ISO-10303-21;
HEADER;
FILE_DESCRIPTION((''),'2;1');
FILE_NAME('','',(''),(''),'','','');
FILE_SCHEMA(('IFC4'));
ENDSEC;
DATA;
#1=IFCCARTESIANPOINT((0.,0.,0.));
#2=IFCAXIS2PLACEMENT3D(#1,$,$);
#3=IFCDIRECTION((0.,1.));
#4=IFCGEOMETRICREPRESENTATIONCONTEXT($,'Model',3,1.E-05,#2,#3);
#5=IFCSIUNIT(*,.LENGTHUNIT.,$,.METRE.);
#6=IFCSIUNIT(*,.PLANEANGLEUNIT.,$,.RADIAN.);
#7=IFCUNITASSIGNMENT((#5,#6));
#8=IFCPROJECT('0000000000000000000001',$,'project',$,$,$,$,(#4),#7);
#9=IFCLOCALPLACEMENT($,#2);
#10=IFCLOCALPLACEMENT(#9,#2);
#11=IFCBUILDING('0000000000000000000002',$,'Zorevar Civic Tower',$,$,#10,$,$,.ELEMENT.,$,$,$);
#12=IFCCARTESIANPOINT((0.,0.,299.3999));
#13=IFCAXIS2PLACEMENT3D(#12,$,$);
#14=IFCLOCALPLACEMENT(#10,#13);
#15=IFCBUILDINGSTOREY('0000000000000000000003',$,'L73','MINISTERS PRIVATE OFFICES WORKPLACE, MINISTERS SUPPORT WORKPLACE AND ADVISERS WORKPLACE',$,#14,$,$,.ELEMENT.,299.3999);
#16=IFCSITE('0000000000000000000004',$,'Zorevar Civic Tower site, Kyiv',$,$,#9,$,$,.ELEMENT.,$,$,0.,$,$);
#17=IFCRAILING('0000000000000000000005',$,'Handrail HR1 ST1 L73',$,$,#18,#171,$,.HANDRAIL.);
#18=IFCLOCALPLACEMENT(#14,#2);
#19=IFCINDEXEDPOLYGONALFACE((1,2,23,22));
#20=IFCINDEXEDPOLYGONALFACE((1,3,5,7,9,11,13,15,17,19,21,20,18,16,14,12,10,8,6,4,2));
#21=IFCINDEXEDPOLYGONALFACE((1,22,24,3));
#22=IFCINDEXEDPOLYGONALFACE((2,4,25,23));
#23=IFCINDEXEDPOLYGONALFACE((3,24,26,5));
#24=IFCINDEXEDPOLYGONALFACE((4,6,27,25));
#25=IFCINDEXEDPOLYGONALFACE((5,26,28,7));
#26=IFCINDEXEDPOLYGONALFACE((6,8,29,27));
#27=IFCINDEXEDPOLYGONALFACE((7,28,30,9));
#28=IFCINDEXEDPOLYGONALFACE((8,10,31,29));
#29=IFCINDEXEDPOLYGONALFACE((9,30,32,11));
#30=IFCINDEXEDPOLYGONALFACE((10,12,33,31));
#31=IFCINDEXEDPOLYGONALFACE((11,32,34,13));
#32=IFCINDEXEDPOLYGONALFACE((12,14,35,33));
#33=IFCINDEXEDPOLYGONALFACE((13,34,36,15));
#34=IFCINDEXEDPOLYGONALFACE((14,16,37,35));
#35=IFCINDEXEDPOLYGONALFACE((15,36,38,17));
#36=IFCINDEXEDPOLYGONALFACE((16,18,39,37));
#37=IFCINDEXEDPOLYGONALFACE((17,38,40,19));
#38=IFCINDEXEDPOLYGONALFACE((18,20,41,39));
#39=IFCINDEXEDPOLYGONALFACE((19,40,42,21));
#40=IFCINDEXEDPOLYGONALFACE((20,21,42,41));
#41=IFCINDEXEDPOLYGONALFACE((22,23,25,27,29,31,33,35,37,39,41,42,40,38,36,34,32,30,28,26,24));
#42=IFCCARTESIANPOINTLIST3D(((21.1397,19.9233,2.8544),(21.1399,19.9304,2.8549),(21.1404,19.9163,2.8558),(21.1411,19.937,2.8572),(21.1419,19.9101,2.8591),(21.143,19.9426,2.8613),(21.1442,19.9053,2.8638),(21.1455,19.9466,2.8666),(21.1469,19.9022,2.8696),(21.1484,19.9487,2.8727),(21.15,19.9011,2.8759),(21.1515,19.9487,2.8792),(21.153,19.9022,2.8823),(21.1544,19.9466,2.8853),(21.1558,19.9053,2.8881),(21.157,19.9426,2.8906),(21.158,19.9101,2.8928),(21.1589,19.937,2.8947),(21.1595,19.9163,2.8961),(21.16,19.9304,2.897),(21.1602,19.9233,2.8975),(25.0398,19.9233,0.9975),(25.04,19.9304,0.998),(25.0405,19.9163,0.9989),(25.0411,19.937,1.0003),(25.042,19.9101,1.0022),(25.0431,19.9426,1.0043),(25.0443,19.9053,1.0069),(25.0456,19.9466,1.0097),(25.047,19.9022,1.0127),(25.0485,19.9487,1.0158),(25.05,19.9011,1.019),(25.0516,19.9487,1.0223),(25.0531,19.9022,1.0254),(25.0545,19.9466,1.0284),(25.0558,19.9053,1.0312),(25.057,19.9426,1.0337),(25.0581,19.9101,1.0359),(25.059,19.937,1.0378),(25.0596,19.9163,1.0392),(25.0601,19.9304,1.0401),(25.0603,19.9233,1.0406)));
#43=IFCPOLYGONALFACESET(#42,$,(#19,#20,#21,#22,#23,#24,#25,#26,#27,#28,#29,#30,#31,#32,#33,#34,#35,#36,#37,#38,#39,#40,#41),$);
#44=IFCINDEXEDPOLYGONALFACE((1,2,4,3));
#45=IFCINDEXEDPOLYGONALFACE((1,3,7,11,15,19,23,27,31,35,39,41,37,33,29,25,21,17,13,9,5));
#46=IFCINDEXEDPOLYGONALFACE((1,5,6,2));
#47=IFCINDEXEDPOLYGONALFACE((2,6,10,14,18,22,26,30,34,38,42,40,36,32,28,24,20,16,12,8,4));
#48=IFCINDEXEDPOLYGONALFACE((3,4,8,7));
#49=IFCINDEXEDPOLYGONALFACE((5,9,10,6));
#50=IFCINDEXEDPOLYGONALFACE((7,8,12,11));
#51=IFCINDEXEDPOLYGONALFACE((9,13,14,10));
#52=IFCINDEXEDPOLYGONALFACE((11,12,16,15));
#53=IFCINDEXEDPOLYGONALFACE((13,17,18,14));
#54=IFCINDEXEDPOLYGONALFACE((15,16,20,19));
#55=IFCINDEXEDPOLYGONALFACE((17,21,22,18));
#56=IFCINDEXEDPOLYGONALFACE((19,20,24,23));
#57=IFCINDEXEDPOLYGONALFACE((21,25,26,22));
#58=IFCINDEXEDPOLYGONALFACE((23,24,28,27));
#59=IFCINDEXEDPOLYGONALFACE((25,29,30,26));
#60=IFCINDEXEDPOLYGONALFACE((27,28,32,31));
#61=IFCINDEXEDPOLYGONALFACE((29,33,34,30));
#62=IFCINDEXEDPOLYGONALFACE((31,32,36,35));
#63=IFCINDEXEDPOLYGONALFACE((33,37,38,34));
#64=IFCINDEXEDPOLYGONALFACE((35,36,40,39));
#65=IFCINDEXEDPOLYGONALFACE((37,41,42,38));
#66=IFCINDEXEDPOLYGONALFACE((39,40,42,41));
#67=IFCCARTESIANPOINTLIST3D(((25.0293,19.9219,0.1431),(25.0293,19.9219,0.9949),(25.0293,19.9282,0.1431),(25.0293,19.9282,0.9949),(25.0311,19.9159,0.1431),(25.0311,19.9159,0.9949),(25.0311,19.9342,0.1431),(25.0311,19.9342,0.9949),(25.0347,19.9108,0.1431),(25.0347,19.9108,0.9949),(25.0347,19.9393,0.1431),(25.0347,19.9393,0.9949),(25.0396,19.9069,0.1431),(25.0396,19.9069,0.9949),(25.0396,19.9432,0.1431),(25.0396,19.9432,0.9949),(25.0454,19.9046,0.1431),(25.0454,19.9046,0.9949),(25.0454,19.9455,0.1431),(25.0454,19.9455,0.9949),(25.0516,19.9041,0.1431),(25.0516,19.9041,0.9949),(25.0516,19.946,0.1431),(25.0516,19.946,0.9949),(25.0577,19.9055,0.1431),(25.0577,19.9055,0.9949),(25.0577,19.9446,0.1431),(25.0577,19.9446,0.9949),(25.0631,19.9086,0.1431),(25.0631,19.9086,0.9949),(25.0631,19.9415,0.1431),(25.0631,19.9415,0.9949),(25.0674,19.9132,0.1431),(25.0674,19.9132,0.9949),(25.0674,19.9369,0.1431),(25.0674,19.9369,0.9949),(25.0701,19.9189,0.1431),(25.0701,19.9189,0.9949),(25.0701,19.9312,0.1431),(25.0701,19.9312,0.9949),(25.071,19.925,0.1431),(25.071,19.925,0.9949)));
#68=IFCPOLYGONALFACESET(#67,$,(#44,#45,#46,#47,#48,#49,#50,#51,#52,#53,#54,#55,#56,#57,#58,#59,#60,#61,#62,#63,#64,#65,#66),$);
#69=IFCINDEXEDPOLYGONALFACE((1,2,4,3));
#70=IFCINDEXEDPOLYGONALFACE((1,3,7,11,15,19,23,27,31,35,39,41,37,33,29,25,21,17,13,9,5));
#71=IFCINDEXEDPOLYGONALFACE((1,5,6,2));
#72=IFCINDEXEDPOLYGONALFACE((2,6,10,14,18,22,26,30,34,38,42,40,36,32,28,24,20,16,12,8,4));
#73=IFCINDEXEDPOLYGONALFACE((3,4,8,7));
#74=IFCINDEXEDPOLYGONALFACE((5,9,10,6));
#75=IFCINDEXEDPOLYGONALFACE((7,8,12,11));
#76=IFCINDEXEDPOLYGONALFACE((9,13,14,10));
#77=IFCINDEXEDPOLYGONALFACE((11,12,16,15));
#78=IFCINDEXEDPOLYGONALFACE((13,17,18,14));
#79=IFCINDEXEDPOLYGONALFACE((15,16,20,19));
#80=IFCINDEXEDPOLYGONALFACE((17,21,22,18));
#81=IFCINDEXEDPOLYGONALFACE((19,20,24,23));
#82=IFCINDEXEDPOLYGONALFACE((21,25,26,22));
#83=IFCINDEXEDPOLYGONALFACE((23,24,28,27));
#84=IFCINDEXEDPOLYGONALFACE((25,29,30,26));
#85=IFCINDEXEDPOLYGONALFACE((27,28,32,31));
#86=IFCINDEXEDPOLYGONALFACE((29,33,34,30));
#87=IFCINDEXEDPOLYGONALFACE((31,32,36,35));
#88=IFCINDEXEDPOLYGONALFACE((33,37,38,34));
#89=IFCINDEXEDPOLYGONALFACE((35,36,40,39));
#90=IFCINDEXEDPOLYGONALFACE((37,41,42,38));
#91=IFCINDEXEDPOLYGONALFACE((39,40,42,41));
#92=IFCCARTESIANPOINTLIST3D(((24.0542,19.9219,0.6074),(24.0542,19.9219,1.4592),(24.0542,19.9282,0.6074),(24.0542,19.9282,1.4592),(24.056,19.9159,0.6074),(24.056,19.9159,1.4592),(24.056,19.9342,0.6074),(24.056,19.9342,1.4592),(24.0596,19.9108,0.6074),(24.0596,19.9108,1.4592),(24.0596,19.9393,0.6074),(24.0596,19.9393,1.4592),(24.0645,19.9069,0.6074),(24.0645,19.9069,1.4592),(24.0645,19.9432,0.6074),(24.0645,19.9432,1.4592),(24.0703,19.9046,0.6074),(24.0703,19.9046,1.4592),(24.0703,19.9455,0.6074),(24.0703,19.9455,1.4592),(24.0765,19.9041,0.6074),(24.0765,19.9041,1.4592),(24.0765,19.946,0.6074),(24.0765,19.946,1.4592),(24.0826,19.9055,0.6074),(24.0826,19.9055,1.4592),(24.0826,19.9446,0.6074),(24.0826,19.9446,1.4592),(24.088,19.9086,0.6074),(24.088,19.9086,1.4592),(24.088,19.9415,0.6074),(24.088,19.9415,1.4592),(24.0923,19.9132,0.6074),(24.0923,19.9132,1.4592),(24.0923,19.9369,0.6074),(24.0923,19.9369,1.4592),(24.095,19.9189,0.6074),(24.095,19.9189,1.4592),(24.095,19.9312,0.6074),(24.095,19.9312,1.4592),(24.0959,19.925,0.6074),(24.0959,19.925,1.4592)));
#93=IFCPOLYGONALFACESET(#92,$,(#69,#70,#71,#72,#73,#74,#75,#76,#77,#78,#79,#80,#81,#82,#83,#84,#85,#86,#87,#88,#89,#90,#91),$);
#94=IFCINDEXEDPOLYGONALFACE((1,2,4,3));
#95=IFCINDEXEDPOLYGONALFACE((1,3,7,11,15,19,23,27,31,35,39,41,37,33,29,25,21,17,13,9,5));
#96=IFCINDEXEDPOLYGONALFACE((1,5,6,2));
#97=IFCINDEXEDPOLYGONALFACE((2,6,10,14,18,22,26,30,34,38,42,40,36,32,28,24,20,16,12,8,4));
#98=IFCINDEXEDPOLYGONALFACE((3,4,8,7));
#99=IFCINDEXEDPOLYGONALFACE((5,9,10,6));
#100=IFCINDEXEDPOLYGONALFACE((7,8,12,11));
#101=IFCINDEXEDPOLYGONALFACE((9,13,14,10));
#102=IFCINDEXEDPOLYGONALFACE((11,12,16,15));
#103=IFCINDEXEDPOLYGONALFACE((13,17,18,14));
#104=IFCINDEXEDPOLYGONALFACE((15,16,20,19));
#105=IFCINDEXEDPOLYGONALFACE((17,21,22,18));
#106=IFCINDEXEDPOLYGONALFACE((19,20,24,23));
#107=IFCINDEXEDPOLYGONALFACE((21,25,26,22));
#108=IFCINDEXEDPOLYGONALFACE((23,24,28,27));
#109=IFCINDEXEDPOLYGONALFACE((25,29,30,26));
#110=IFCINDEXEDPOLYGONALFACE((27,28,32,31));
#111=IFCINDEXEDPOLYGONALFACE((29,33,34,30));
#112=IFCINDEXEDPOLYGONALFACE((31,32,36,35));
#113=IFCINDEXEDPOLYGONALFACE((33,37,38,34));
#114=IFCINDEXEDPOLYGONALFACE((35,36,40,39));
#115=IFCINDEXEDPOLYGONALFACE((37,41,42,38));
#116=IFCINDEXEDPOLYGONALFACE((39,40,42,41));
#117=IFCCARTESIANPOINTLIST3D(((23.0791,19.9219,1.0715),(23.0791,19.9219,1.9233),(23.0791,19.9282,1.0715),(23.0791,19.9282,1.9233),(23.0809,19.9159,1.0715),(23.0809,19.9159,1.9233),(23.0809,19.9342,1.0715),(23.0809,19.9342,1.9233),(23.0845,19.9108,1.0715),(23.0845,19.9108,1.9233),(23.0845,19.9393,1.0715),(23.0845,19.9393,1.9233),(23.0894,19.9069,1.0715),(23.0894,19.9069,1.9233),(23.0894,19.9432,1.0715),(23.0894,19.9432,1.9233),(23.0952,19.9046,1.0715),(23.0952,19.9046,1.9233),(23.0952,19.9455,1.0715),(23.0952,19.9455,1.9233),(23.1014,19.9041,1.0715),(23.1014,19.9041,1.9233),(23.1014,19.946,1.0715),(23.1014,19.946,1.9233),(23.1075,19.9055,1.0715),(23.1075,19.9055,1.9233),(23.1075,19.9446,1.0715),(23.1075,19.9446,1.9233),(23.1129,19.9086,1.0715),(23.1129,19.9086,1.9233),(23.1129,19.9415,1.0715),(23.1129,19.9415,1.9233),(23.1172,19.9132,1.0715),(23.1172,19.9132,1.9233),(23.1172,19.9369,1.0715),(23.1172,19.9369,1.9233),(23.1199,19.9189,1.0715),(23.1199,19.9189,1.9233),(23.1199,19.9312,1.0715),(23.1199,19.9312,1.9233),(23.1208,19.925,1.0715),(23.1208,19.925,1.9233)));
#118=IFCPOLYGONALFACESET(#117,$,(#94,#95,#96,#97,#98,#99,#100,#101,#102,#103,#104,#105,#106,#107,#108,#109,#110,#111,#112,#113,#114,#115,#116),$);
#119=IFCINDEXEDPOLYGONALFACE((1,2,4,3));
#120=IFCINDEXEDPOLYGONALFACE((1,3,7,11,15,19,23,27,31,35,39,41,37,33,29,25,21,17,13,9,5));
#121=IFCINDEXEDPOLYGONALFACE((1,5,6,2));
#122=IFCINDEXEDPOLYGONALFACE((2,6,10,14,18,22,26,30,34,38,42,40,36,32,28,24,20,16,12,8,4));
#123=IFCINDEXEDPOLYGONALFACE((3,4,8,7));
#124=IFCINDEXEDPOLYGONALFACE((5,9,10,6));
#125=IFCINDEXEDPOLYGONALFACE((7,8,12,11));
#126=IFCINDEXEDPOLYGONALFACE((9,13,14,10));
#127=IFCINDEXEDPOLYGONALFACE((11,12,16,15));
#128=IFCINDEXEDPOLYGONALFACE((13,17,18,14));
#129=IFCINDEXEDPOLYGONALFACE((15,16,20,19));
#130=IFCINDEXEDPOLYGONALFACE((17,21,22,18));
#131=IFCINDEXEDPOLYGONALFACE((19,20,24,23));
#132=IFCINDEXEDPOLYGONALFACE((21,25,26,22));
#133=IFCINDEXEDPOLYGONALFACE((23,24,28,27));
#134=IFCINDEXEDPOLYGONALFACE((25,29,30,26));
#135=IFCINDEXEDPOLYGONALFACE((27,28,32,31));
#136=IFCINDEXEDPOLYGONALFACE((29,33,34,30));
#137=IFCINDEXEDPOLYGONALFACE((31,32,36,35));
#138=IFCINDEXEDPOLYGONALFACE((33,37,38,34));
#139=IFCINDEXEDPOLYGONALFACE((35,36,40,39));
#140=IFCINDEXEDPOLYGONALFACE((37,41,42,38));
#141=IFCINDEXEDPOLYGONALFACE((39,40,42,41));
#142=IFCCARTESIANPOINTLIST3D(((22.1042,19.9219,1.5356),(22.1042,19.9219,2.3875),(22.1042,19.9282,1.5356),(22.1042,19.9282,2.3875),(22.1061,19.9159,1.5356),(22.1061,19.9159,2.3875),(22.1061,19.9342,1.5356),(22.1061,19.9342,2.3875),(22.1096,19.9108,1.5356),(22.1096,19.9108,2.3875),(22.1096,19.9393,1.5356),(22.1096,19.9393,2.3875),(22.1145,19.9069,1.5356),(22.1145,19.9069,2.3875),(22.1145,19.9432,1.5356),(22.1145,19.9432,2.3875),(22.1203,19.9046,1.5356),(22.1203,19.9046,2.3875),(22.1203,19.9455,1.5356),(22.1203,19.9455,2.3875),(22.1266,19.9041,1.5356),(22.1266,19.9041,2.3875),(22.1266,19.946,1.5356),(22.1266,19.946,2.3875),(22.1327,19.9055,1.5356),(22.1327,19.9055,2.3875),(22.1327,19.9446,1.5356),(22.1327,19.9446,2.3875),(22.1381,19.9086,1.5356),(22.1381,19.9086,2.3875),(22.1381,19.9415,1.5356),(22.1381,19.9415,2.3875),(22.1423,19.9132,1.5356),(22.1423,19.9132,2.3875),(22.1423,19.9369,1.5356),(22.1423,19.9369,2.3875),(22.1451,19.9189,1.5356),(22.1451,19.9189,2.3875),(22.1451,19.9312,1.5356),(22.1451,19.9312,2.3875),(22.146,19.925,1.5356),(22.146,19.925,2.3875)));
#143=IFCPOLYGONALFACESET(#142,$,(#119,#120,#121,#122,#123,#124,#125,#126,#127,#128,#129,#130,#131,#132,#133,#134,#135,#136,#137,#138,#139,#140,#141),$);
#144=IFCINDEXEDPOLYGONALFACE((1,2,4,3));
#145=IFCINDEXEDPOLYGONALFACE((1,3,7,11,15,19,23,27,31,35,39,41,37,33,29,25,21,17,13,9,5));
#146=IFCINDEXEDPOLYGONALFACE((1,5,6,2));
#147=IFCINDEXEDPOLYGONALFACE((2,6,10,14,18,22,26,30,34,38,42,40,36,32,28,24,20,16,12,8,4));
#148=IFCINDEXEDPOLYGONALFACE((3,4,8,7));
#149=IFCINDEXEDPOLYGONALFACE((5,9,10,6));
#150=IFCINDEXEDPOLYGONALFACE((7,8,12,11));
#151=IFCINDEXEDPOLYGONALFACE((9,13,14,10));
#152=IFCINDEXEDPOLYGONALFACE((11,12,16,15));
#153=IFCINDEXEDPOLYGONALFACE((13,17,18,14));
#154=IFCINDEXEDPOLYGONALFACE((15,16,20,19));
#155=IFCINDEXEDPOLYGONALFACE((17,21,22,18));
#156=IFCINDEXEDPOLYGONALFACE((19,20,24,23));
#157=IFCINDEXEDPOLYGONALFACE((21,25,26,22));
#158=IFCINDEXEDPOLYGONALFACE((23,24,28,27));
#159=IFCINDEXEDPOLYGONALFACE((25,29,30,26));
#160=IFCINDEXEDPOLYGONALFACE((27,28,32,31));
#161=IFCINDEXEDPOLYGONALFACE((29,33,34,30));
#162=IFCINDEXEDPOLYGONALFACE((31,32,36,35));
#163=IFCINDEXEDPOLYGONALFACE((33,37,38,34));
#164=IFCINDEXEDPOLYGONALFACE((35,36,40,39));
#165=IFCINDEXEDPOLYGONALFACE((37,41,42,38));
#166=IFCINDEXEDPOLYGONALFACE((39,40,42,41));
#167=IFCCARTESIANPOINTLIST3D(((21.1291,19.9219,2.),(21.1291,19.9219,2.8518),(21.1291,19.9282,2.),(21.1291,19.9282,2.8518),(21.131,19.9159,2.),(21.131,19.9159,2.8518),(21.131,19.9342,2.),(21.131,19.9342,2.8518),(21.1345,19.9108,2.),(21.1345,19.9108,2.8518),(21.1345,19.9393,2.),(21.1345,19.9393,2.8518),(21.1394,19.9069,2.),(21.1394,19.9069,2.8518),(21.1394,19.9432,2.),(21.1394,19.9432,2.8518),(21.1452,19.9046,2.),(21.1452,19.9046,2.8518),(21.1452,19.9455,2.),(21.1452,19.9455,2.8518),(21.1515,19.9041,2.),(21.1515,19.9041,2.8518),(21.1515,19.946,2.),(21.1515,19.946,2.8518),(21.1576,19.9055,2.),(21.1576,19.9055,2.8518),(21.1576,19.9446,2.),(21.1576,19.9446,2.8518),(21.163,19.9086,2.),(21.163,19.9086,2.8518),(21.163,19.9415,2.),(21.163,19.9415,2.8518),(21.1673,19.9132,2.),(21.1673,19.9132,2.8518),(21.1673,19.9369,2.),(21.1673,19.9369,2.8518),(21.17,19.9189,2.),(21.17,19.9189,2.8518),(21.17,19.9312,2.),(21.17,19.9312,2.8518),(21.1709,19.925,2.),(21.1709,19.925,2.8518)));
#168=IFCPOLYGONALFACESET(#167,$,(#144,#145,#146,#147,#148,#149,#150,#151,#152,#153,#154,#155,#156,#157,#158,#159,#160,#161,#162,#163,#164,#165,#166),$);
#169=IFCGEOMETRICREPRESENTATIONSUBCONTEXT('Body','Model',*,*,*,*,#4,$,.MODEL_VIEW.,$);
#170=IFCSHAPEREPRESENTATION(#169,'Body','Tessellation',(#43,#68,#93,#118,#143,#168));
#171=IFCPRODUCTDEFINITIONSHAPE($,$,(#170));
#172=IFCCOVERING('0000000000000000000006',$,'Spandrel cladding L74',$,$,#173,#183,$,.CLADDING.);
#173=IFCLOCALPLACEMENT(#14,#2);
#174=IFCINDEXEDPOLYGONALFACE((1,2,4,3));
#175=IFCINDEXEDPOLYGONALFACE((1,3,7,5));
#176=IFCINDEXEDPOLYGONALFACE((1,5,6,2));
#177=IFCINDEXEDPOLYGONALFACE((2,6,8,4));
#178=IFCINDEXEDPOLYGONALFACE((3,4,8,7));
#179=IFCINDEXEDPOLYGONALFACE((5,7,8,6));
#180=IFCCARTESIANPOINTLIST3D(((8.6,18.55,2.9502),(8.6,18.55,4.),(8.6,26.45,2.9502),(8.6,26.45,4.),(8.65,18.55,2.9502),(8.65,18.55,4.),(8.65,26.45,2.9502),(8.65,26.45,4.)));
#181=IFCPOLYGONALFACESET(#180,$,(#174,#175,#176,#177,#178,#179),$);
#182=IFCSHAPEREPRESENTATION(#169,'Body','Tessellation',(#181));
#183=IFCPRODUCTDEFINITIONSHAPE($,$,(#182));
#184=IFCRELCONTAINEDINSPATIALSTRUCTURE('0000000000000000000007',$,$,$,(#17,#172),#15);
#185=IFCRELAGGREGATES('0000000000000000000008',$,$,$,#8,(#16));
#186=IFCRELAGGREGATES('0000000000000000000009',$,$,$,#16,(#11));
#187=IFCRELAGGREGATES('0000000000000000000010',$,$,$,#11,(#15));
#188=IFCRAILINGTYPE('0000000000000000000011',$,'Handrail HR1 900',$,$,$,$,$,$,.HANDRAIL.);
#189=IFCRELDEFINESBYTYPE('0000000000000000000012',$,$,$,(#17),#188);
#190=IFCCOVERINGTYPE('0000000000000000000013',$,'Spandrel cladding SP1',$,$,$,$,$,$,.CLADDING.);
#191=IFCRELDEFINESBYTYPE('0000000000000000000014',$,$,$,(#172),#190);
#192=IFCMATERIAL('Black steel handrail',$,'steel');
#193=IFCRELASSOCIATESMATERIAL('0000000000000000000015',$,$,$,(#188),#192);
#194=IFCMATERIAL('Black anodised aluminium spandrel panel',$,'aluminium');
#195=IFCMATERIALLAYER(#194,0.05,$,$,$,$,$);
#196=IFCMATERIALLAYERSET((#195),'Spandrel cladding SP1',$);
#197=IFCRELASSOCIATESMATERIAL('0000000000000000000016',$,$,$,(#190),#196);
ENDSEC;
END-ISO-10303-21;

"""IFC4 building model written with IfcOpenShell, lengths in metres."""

from ifc_helpers import new_model, si_unit, direction, frame, frame_2d, origin, origin_2d, place, context, subcontext, project, spatial, rectangle, circle, extrude, material, layer, layer_set, type_object, element, save


model = new_model("IFC4")

# Units and contexts
model_context = context("Model", 3, precision=1e-05, world=origin(), true_north=direction((0.0, 1.0)))
body_context = subcontext(model_context, "Body", "Model", "MODEL_VIEW")
ifc_project = project(units=[si_unit("LENGTHUNIT", "METRE"), si_unit("PLANEANGLEUNIT", "RADIAN")], contexts=[model_context])

# Site, building, storey
site_placement = place(None, origin())
site = spatial("IfcSite", under=ifc_project, at=site_placement, Name="Zorevar Civic Tower site, Kyiv", CompositionType="ELEMENT", RefElevation=0.0)
building_placement = place(site_placement, origin())
building = spatial("IfcBuilding", under=site, at=building_placement, Name="Zorevar Civic Tower", CompositionType="ELEMENT")
storey_placement = place(building_placement, frame((0.0, 0.0, 299.3999)))
storey = spatial("IfcBuildingStorey", under=building, at=storey_placement, Name="L73", Description="MINISTERS PRIVATE OFFICES WORKPLACE, MINISTERS SUPPORT WORKPLACE AND ADVISERS WORKPLACE", CompositionType="ELEMENT", Elevation=299.3999)

# Railing
ifc_material_1 = material(Name="Black steel handrail", Category="steel")
railing_type = type_object("IfcRailingType", Name="Handrail HR1 900", PredefinedType="HANDRAIL", material=ifc_material_1)
railing_placement = place(storey_placement, frame((25.05, 19.925, 0.1431)))
element("IfcRailing", 1, at=railing_placement, inside=storey, type_object=railing_type, Name="Handrail HR1 ST1 L73", PredefinedType="HANDRAIL", context=body_context, shape_type="SweptSolid", body=[
    extrude(circle(Radius=0.0239, at=origin_2d()), frame((0.0, 0.0, 0.876), z_axis=(-0.902886, 0.0, 0.429881), x_axis=(0.0, -1.0, 0.0)), (0.0, 0.0, 1.0), 4.3196),
    extrude(circle(Radius=0.021, at=origin_2d()), origin(), (0.0, 0.0, 1.0), 0.8518),
    extrude(circle(Radius=0.021, at=origin_2d()), frame((-0.9751, 0.0, 0.4644)), (0.0, 0.0, 1.0), 0.8518),
    extrude(circle(Radius=0.021, at=origin_2d()), frame((-1.9502, 0.0, 0.9285)), (0.0, 0.0, 1.0), 0.8518),
    extrude(circle(Radius=0.021, at=origin_2d()), frame((-2.925, 0.0, 1.3926)), (0.0, 0.0, 1.0), 0.8518),
    extrude(circle(Radius=0.021, at=origin_2d()), frame((-3.9001, 0.0, 1.8569)), (0.0, 0.0, 1.0), 0.8518),
])

# Covering
ifc_material_2 = material(Name="Black anodised aluminium spandrel panel", Category="aluminium")
ifc_layer_1 = layer(ifc_material_2, 0.05)
ifc_layer_set_1 = layer_set([ifc_layer_1], Name="Spandrel cladding SP1")
covering_type = type_object("IfcCoveringType", Name="Spandrel cladding SP1", PredefinedType="CLADDING", material=ifc_layer_set_1)
covering_placement = place(storey_placement, frame((8.625, 18.55, 2.9502), z_axis=(0.0, 0.0, 1.0), x_axis=(0.0, 1.0, 0.0)))
element("IfcCovering", 2, at=covering_placement, inside=storey, type_object=covering_type, Name="Spandrel cladding L74", PredefinedType="CLADDING", context=body_context, shape_type="SweptSolid", body=[
    extrude(rectangle(XDim=7.8999, YDim=0.05, at=frame_2d((3.95, 0.0))), origin(), (0.0, 0.0, 1.0), 1.0498),
])

save(model, "model.ifc")
